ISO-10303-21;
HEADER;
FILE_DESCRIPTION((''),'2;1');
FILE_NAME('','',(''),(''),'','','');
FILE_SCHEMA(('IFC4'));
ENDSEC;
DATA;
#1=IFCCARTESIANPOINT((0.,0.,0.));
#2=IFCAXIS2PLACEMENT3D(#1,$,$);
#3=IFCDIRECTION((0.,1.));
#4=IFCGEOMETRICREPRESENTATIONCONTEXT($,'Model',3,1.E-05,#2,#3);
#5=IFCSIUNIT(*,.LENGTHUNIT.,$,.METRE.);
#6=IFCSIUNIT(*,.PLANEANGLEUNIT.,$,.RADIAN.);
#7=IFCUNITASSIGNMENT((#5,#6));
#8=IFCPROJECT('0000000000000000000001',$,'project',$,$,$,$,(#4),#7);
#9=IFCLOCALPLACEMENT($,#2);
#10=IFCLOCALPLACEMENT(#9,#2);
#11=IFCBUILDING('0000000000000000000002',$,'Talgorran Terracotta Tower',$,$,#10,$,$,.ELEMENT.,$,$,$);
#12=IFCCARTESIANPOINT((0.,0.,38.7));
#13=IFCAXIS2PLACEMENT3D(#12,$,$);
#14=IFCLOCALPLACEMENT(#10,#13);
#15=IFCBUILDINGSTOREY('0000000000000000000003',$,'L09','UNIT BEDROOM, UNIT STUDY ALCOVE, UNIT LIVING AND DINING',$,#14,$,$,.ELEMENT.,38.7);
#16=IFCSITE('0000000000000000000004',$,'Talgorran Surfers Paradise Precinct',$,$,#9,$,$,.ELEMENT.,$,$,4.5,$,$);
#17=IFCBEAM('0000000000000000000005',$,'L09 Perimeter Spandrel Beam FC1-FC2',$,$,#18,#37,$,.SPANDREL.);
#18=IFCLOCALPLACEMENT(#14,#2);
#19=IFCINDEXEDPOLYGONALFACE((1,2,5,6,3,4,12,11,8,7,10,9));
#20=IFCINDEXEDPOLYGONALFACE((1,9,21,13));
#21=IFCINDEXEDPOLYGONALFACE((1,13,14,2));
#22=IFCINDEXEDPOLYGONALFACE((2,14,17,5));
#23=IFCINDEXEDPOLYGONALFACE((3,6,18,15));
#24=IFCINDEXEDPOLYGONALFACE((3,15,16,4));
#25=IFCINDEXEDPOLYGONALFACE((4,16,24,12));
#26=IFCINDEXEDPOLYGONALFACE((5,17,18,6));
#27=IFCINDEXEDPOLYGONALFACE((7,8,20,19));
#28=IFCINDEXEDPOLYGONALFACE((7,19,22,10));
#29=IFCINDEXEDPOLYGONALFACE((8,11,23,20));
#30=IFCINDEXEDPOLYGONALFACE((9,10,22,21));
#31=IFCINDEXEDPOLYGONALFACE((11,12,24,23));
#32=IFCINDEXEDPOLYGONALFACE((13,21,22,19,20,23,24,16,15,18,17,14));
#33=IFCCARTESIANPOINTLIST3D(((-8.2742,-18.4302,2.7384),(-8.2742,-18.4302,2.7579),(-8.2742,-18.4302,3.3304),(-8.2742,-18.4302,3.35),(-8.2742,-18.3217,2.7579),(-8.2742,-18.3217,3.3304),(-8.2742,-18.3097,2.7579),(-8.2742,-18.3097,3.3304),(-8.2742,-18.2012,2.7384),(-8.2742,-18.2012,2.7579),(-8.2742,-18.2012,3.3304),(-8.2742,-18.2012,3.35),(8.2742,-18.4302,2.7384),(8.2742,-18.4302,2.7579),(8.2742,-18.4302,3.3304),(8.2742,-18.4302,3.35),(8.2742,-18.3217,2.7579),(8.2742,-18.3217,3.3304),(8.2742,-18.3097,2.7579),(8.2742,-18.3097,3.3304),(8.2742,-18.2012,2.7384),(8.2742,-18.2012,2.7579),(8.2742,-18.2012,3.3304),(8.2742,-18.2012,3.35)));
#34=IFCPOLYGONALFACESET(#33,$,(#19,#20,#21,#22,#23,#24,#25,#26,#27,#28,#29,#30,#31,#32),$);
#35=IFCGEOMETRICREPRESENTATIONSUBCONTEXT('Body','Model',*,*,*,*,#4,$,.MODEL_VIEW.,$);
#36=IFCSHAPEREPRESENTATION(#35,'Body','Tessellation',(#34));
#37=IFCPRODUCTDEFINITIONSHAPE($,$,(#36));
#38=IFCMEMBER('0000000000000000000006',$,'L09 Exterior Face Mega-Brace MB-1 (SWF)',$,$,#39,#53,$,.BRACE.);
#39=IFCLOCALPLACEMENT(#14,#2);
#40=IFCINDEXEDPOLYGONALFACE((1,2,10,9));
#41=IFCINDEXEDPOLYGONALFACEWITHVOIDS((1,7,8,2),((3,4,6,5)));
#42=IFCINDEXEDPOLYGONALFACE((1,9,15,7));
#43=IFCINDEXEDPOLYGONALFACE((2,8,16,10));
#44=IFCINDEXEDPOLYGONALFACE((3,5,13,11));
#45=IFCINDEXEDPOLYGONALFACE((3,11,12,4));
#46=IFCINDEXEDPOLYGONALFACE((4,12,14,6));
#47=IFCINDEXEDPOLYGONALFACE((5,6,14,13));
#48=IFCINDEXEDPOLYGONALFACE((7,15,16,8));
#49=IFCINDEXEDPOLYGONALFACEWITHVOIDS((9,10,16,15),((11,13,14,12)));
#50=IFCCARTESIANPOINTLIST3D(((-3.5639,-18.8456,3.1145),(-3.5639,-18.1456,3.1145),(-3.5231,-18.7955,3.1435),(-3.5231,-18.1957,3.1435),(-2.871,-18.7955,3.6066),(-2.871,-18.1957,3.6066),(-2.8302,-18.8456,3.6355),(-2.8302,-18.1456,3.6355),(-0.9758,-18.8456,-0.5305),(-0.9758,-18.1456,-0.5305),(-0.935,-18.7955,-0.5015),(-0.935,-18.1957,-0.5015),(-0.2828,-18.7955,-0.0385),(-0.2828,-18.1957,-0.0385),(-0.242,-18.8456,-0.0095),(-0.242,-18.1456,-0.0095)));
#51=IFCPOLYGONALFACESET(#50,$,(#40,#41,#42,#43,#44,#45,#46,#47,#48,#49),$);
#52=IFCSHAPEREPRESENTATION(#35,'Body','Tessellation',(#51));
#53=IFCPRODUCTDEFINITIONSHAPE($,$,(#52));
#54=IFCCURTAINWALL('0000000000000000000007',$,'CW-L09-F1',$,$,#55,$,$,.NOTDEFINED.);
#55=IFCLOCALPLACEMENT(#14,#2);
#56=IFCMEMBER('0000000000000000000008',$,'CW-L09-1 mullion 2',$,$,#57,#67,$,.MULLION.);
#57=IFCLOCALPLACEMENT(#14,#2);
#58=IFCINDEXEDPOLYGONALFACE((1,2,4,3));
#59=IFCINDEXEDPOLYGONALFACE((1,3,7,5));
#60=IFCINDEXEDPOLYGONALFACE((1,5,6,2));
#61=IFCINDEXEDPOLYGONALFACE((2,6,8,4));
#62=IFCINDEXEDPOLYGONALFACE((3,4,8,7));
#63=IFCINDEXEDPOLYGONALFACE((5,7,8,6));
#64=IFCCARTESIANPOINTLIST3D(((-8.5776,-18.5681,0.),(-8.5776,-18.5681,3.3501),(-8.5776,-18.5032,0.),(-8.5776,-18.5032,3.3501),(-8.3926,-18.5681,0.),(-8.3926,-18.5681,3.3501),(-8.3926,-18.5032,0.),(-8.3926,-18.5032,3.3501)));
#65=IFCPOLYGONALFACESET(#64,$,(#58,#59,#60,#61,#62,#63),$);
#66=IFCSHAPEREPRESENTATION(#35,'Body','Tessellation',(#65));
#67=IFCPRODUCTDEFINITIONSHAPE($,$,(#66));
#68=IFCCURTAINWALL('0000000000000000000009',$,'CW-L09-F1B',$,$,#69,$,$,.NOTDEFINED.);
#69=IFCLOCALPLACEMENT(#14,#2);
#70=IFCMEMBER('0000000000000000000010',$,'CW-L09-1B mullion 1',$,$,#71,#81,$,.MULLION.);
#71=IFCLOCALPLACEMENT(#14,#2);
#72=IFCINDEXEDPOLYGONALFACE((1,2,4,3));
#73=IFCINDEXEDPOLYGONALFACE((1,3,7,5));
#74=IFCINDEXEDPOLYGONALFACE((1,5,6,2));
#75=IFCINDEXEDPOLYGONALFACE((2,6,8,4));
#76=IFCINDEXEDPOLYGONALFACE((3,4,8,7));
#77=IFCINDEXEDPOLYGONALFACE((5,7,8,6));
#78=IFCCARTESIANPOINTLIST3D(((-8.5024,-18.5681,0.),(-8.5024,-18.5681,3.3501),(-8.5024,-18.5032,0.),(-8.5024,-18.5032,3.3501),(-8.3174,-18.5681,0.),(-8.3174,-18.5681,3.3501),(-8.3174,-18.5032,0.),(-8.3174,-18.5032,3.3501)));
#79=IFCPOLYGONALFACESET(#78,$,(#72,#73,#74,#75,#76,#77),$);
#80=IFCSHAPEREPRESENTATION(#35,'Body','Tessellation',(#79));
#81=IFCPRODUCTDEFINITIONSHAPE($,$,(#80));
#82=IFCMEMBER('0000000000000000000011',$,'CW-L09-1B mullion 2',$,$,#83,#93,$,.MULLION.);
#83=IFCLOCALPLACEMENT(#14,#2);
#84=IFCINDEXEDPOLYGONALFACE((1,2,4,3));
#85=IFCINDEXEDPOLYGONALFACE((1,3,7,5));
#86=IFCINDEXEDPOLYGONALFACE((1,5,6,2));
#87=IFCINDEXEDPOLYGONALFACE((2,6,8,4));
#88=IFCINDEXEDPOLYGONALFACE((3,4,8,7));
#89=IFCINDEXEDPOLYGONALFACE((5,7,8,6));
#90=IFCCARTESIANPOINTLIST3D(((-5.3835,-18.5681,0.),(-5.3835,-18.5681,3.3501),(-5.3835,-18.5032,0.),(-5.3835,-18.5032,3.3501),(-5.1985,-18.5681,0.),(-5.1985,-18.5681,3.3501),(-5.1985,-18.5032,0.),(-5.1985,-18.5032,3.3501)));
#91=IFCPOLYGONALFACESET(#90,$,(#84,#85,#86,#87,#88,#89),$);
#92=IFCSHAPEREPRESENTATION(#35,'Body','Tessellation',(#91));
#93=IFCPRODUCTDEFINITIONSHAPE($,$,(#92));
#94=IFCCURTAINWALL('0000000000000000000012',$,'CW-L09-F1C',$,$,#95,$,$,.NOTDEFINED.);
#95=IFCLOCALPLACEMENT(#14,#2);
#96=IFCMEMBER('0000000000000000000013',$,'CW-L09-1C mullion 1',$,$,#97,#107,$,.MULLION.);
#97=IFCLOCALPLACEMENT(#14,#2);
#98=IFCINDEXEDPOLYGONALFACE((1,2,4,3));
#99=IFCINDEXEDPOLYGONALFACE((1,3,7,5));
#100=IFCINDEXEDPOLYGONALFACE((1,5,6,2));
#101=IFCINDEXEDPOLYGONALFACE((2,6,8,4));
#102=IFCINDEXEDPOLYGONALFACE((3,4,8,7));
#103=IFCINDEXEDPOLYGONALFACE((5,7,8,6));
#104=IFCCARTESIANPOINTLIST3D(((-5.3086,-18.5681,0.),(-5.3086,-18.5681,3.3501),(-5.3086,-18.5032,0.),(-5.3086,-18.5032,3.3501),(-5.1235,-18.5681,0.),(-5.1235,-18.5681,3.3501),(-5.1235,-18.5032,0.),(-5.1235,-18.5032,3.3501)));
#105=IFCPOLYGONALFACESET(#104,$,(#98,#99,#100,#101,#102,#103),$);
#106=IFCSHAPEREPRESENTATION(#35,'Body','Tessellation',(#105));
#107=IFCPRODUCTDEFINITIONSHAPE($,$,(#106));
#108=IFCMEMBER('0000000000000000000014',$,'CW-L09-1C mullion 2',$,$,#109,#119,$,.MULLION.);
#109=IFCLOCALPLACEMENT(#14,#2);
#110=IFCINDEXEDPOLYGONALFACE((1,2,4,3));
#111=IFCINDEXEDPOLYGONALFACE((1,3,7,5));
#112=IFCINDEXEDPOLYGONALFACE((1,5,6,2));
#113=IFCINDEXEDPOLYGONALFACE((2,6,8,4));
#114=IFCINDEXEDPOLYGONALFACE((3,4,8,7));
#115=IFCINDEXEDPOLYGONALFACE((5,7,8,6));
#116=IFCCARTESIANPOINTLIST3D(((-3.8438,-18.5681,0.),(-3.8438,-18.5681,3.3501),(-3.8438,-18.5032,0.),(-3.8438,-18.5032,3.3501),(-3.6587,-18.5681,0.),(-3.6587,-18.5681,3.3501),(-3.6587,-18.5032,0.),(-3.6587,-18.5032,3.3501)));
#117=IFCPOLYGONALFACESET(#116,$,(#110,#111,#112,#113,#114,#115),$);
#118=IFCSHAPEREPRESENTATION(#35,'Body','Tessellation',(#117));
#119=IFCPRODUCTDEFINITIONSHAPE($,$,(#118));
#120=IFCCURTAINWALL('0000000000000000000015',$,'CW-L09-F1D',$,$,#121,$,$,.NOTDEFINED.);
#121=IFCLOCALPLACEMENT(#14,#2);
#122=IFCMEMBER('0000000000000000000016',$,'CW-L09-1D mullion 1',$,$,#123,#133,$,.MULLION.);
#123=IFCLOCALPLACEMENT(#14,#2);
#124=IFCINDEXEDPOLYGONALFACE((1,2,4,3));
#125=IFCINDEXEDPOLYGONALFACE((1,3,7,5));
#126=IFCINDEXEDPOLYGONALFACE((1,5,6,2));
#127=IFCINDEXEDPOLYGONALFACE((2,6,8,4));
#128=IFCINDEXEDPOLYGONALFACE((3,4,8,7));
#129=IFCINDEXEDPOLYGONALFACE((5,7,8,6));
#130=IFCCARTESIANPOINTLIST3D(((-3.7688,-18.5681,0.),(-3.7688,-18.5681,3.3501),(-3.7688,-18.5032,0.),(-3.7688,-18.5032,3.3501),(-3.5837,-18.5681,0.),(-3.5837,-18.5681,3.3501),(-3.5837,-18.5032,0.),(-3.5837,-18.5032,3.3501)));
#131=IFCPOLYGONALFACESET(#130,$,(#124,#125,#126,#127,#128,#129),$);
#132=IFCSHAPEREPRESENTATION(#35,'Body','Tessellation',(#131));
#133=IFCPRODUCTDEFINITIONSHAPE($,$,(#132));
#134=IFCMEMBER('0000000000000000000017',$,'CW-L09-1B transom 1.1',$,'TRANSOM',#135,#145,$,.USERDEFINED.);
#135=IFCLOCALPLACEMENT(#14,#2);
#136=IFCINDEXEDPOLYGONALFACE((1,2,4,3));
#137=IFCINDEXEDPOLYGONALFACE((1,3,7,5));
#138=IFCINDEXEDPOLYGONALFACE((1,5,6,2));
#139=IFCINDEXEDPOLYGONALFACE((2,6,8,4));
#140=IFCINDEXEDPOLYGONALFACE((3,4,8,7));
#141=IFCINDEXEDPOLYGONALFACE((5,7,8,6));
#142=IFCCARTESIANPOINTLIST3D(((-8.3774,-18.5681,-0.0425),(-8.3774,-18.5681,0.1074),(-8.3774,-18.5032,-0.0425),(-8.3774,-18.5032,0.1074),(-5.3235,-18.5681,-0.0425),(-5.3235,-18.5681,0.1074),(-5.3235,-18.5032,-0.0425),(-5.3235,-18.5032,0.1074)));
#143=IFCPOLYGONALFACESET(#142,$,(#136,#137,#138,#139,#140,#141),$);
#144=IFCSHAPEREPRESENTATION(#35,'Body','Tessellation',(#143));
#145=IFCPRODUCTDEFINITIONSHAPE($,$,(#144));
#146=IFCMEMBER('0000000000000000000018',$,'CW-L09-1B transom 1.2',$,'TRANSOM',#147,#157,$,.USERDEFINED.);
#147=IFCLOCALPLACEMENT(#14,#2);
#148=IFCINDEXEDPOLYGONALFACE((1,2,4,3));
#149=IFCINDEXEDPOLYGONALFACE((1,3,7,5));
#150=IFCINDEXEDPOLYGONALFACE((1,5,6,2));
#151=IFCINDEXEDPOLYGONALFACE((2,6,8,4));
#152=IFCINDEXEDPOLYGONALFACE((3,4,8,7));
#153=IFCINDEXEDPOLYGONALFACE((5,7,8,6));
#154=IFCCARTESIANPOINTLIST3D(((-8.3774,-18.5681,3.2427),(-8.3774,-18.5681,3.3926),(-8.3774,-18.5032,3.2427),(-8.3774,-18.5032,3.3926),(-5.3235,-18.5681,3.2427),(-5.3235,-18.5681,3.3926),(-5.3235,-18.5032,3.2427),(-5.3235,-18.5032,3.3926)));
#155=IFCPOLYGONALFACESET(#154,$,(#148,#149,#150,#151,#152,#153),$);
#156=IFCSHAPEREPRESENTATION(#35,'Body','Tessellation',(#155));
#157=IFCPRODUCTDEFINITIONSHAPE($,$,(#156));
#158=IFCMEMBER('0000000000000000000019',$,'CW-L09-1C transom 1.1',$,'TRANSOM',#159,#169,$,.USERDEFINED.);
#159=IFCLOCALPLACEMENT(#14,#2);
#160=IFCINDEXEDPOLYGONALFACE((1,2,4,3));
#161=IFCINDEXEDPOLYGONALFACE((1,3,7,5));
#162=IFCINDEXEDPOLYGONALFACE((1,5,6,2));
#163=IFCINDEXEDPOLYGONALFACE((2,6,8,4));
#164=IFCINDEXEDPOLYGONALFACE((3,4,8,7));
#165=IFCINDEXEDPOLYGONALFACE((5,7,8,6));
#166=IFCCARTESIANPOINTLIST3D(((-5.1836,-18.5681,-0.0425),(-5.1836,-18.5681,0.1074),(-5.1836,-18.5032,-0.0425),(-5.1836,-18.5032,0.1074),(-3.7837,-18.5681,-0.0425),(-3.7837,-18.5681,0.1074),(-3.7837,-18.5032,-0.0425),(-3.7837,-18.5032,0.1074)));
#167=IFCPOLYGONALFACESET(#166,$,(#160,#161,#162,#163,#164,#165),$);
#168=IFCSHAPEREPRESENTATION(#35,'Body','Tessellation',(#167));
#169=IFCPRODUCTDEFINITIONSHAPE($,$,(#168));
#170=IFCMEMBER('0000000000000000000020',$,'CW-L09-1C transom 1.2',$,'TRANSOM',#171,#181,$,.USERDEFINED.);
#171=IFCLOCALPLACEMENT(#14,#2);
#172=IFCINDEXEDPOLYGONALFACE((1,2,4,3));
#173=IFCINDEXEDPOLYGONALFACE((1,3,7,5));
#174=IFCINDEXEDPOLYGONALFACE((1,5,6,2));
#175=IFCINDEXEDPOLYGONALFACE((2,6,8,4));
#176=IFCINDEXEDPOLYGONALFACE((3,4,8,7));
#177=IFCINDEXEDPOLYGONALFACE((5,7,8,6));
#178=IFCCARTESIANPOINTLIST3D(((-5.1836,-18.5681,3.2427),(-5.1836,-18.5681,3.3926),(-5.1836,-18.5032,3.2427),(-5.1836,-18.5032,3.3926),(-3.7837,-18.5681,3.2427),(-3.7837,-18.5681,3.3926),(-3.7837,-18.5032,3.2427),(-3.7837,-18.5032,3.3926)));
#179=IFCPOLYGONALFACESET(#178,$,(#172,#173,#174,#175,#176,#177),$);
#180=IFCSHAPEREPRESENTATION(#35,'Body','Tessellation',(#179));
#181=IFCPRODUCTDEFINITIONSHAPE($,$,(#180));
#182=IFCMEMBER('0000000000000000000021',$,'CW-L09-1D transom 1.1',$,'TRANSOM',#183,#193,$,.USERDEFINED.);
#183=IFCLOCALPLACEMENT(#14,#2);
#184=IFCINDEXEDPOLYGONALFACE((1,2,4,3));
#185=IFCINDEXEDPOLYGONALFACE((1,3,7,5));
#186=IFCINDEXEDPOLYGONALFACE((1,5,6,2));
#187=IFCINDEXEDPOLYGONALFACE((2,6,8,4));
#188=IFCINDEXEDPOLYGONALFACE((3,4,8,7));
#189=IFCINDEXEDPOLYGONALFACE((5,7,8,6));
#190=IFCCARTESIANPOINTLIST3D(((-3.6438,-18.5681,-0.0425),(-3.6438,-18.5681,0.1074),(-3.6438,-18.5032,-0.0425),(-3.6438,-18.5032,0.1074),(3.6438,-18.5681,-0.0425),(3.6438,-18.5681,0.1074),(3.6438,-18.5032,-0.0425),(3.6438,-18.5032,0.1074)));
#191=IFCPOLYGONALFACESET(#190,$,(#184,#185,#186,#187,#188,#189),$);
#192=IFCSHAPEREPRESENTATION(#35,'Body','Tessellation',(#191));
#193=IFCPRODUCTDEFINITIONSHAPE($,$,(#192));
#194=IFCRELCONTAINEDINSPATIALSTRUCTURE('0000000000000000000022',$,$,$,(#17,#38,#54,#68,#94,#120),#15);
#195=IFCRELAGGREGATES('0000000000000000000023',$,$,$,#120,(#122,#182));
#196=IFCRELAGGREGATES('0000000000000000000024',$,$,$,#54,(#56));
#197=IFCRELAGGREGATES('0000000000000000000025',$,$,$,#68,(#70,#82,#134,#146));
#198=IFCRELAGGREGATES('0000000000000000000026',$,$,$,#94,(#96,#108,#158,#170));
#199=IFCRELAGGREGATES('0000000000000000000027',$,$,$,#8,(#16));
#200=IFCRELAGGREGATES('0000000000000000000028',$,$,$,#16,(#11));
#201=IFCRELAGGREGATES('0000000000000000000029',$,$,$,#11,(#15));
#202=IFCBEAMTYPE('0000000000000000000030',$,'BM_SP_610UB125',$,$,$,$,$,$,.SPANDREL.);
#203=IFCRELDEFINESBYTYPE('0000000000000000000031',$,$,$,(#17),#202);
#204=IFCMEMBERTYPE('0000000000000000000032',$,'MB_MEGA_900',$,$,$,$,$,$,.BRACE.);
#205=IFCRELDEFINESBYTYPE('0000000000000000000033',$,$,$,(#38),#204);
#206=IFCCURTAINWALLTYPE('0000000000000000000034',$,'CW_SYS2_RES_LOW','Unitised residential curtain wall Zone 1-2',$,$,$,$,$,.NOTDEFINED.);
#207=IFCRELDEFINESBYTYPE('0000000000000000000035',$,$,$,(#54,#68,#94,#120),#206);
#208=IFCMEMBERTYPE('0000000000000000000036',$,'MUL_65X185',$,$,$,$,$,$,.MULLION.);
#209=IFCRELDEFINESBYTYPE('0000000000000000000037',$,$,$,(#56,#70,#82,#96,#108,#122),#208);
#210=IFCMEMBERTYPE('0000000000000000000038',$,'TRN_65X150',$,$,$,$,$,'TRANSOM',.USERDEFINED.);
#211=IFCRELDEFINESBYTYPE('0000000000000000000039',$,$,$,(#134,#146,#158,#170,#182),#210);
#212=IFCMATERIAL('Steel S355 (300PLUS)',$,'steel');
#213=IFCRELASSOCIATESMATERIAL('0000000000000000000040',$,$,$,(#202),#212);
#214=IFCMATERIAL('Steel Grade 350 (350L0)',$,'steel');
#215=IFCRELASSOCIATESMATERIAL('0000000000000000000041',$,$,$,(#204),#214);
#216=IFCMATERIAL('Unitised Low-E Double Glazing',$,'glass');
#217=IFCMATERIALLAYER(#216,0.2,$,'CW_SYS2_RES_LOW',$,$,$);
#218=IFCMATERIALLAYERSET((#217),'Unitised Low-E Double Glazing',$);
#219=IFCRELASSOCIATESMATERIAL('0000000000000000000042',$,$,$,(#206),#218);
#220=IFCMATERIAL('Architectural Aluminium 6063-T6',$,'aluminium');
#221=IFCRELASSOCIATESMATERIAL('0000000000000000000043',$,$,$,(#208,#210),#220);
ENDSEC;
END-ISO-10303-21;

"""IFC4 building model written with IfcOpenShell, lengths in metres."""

from ifc_helpers import new_model, si_unit, direction, frame, origin, origin_2d, place, context, subcontext, project, spatial, rectangle, hollow_rectangle, i_section, extrude, material, layer, layer_set, material_profile, profile_set, type_object, element, aggregate, save


model = new_model("IFC4")

# Units and contexts
model_context = context("Model", 3, precision=1e-05, world=origin(), true_north=direction((0.0, 1.0)))
body_context = subcontext(model_context, "Body", "Model", "MODEL_VIEW")
ifc_project = project(units=[si_unit("LENGTHUNIT", "METRE"), si_unit("PLANEANGLEUNIT", "RADIAN")], contexts=[model_context])

# Site, building, storey
site_placement = place(None, origin())
site = spatial("IfcSite", under=ifc_project, at=site_placement, Name="Talgorran Surfers Paradise Precinct", CompositionType="ELEMENT", RefElevation=4.5)
building_placement = place(site_placement, origin())
building = spatial("IfcBuilding", under=site, at=building_placement, Name="Talgorran Terracotta Tower", CompositionType="ELEMENT")
storey_placement = place(building_placement, frame((0.0, 0.0, 38.7)))
storey = spatial("IfcBuildingStorey", under=building, at=storey_placement, Name="L09", Description="UNIT BEDROOM, UNIT STUDY ALCOVE, UNIT LIVING AND DINING", CompositionType="ELEMENT", Elevation=38.7)

# Beam
ifc_material_1 = material(Name="Steel S355 (300PLUS)", Category="steel")
ifc_material_profile_1 = material_profile(ifc_material_1, i_section(OverallWidth=0.229, OverallDepth=0.6116, WebThickness=0.012, FlangeThickness=0.0195, at=origin_2d()), Name="610UB125")
ifc_profile_set_1 = profile_set([ifc_material_profile_1], Name="Steel S355 (300PLUS)")
beam_type = type_object("IfcBeamType", Name="BM_SP_610UB125", PredefinedType="SPANDREL", material=ifc_profile_set_1)
beam_placement = place(storey_placement, frame((-8.2742, -18.3157, 3.0442), z_axis=(1.0, 0.0, 0.0), x_axis=(0.0, 1.0, 0.0)))
element("IfcBeam", 1, at=beam_placement, inside=storey, type_object=beam_type, Name="L09 Perimeter Spandrel Beam FC1-FC2", PredefinedType="SPANDREL", context=body_context, shape_type="SweptSolid", body=[
    extrude(i_section(OverallWidth=0.229, OverallDepth=0.6116, WebThickness=0.012, FlangeThickness=0.0195, at=origin_2d()), origin(), (0.0, 0.0, 1.0), 16.5483),
])

# Member
ifc_material_2 = material(Name="Steel Grade 350 (350L0)", Category="steel")
ifc_material_profile_2 = material_profile(ifc_material_2, hollow_rectangle(XDim=0.7, YDim=0.8999, WallThickness=0.05, at=origin_2d()), Name="WBOX900X700X50")
ifc_profile_set_2 = profile_set([ifc_material_profile_2], Name="Steel Grade 350 (350L0)")
member_type_1 = type_object("IfcMemberType", Name="MB_MEGA_900", PredefinedType="BRACE", material=ifc_profile_set_2)
member_1_placement = place(storey_placement, frame((-0.6089, -18.4956, -0.27), z_axis=(-0.578947, 0.0, 0.815365), x_axis=(0.0, -1.0, 0.0)))
element("IfcMember", 2, at=member_1_placement, inside=storey, type_object=member_type_1, Name="L09 Exterior Face Mega-Brace MB-1 (SWF)", PredefinedType="BRACE", context=body_context, shape_type="SweptSolid", body=[
    extrude(hollow_rectangle(XDim=0.7, YDim=0.8999, WallThickness=0.05, at=origin_2d()), origin(), (0.0, 0.0, 1.0), 4.4705),
])

# Curtain wall, member
ifc_material_3 = material(Name="Unitised Low-E Double Glazing", Category="glass")
ifc_layer_1 = layer(ifc_material_3, 0.2, Name="CW_SYS2_RES_LOW")
ifc_layer_set_1 = layer_set([ifc_layer_1], Name="Unitised Low-E Double Glazing")
curtain_wall_type = type_object("IfcCurtainWallType", Name="CW_SYS2_RES_LOW", Description="Unitised residential curtain wall Zone 1-2", PredefinedType="NOTDEFINED", material=ifc_layer_set_1)
curtain_wall_1_placement = place(storey_placement, origin())
curtain_wall_1 = element("IfcCurtainWall", 3, at=curtain_wall_1_placement, inside=storey, type_object=curtain_wall_type, Name="CW-L09-F1", PredefinedType="NOTDEFINED")
ifc_material_4 = material(Name="Architectural Aluminium 6063-T6", Category="aluminium")
ifc_material_profile_3 = material_profile(ifc_material_4, rectangle(XDim=0.0649, YDim=0.1851, at=origin_2d()), Name="CWM65X185")
ifc_profile_set_3 = profile_set([ifc_material_profile_3], Name="Architectural Aluminium 6063-T6")
member_type_2 = type_object("IfcMemberType", Name="MUL_65X185", PredefinedType="MULLION", material=ifc_profile_set_3)
member_2_placement = place(storey_placement, frame((-8.4851, -18.5356, 0.0), z_axis=(0.0, 0.0, 1.0), x_axis=(0.0, 1.0, 0.0)))
member_2 = element("IfcMember", 4, at=member_2_placement, type_object=member_type_2, Name="CW-L09-1 mullion 2", PredefinedType="MULLION", context=body_context, shape_type="SweptSolid", body=[
    extrude(rectangle(XDim=0.0649, YDim=0.1851, at=origin_2d()), origin(), (0.0, 0.0, 1.0), 3.3501),
])

# Curtain walls, members
curtain_wall_2_placement = place(storey_placement, origin())
curtain_wall_2 = element("IfcCurtainWall", 5, at=curtain_wall_2_placement, inside=storey, type_object=curtain_wall_type, Name="CW-L09-F1B", PredefinedType="NOTDEFINED")
member_3_placement = place(storey_placement, frame((-8.4099, -18.5356, 0.0), z_axis=(0.0, 0.0, 1.0), x_axis=(0.0, 1.0, 0.0)))
member_3 = element("IfcMember", 6, at=member_3_placement, type_object=member_type_2, Name="CW-L09-1B mullion 1", PredefinedType="MULLION", context=body_context, shape_type="SweptSolid", body=[
    extrude(rectangle(XDim=0.0649, YDim=0.1851, at=origin_2d()), origin(), (0.0, 0.0, 1.0), 3.3501),
])
member_4_placement = place(storey_placement, frame((-5.291, -18.5356, 0.0), z_axis=(0.0, 0.0, 1.0), x_axis=(0.0, 1.0, 0.0)))
member_4 = element("IfcMember", 7, at=member_4_placement, type_object=member_type_2, Name="CW-L09-1B mullion 2", PredefinedType="MULLION", context=body_context, shape_type="SweptSolid", body=[
    extrude(rectangle(XDim=0.0649, YDim=0.1851, at=origin_2d()), origin(), (0.0, 0.0, 1.0), 3.3501),
])
curtain_wall_3_placement = place(storey_placement, origin())
curtain_wall_3 = element("IfcCurtainWall", 8, at=curtain_wall_3_placement, inside=storey, type_object=curtain_wall_type, Name="CW-L09-F1C", PredefinedType="NOTDEFINED")
member_5_placement = place(storey_placement, frame((-5.2161, -18.5356, 0.0), z_axis=(0.0, 0.0, 1.0), x_axis=(0.0, 1.0, 0.0)))
member_5 = element("IfcMember", 9, at=member_5_placement, type_object=member_type_2, Name="CW-L09-1C mullion 1", PredefinedType="MULLION", context=body_context, shape_type="SweptSolid", body=[
    extrude(rectangle(XDim=0.0649, YDim=0.1851, at=origin_2d()), origin(), (0.0, 0.0, 1.0), 3.3501),
])
member_6_placement = place(storey_placement, frame((-3.7512, -18.5356, 0.0), z_axis=(0.0, 0.0, 1.0), x_axis=(0.0, 1.0, 0.0)))
member_6 = element("IfcMember", 10, at=member_6_placement, type_object=member_type_2, Name="CW-L09-1C mullion 2", PredefinedType="MULLION", context=body_context, shape_type="SweptSolid", body=[
    extrude(rectangle(XDim=0.0649, YDim=0.1851, at=origin_2d()), origin(), (0.0, 0.0, 1.0), 3.3501),
])

# Curtain wall, member
curtain_wall_4_placement = place(storey_placement, origin())
curtain_wall_4 = element("IfcCurtainWall", 11, at=curtain_wall_4_placement, inside=storey, type_object=curtain_wall_type, Name="CW-L09-F1D", PredefinedType="NOTDEFINED")
member_7_placement = place(storey_placement, frame((-3.6763, -18.5356, 0.0), z_axis=(0.0, 0.0, 1.0), x_axis=(0.0, 1.0, 0.0)))
member_7 = element("IfcMember", 12, at=member_7_placement, type_object=member_type_2, Name="CW-L09-1D mullion 1", PredefinedType="MULLION", context=body_context, shape_type="SweptSolid", body=[
    extrude(rectangle(XDim=0.0649, YDim=0.1851, at=origin_2d()), origin(), (0.0, 0.0, 1.0), 3.3501),
])

# Members
ifc_material_profile_4 = material_profile(ifc_material_4, rectangle(XDim=0.0649, YDim=0.1499, at=origin_2d()), Name="CWT65X150")
ifc_profile_set_4 = profile_set([ifc_material_profile_4], Name="Architectural Aluminium 6063-T6")
member_type_3 = type_object("IfcMemberType", Name="TRN_65X150", ElementType="TRANSOM", PredefinedType="USERDEFINED", material=ifc_profile_set_4)
member_8_placement = place(storey_placement, frame((-8.3774, -18.5356, 0.0325), z_axis=(1.0, 0.0, 0.0), x_axis=(0.0, 1.0, 0.0)))
member_8 = element("IfcMember", 13, at=member_8_placement, type_object=member_type_3, Name="CW-L09-1B transom 1.1", ObjectType="TRANSOM", PredefinedType="USERDEFINED", context=body_context, shape_type="SweptSolid", body=[
    extrude(rectangle(XDim=0.0649, YDim=0.1499, at=origin_2d()), origin(), (0.0, 0.0, 1.0), 3.054),
])
member_9_placement = place(storey_placement, frame((-8.3774, -18.5356, 3.3176), z_axis=(1.0, 0.0, 0.0), x_axis=(0.0, 1.0, 0.0)))
member_9 = element("IfcMember", 14, at=member_9_placement, type_object=member_type_3, Name="CW-L09-1B transom 1.2", ObjectType="TRANSOM", PredefinedType="USERDEFINED", context=body_context, shape_type="SweptSolid", body=[
    extrude(rectangle(XDim=0.0649, YDim=0.1499, at=origin_2d()), origin(), (0.0, 0.0, 1.0), 3.054),
])
member_10_placement = place(storey_placement, frame((-5.1836, -18.5356, 0.0325), z_axis=(1.0, 0.0, 0.0), x_axis=(0.0, 1.0, 0.0)))
member_10 = element("IfcMember", 15, at=member_10_placement, type_object=member_type_3, Name="CW-L09-1C transom 1.1", ObjectType="TRANSOM", PredefinedType="USERDEFINED", context=body_context, shape_type="SweptSolid", body=[
    extrude(rectangle(XDim=0.0649, YDim=0.1499, at=origin_2d()), origin(), (0.0, 0.0, 1.0), 1.3999),
])
member_11_placement = place(storey_placement, frame((-5.1836, -18.5356, 3.3176), z_axis=(1.0, 0.0, 0.0), x_axis=(0.0, 1.0, 0.0)))
member_11 = element("IfcMember", 16, at=member_11_placement, type_object=member_type_3, Name="CW-L09-1C transom 1.2", ObjectType="TRANSOM", PredefinedType="USERDEFINED", context=body_context, shape_type="SweptSolid", body=[
    extrude(rectangle(XDim=0.0649, YDim=0.1499, at=origin_2d()), origin(), (0.0, 0.0, 1.0), 1.3999),
])
member_12_placement = place(storey_placement, frame((-3.6438, -18.5356, 0.0325), z_axis=(1.0, 0.0, 0.0), x_axis=(0.0, 1.0, 0.0)))
member_12 = element("IfcMember", 17, at=member_12_placement, type_object=member_type_3, Name="CW-L09-1D transom 1.1", ObjectType="TRANSOM", PredefinedType="USERDEFINED", context=body_context, shape_type="SweptSolid", body=[
    extrude(rectangle(XDim=0.0649, YDim=0.1499, at=origin_2d()), origin(), (0.0, 0.0, 1.0), 7.2876),
])
aggregate(curtain_wall_4, [member_7, member_12])

aggregate(curtain_wall_1, [member_2])
aggregate(curtain_wall_2, [member_3, member_4, member_8, member_9])
aggregate(curtain_wall_3, [member_5, member_6, member_10, member_11])

save(model, "model.ifc")
